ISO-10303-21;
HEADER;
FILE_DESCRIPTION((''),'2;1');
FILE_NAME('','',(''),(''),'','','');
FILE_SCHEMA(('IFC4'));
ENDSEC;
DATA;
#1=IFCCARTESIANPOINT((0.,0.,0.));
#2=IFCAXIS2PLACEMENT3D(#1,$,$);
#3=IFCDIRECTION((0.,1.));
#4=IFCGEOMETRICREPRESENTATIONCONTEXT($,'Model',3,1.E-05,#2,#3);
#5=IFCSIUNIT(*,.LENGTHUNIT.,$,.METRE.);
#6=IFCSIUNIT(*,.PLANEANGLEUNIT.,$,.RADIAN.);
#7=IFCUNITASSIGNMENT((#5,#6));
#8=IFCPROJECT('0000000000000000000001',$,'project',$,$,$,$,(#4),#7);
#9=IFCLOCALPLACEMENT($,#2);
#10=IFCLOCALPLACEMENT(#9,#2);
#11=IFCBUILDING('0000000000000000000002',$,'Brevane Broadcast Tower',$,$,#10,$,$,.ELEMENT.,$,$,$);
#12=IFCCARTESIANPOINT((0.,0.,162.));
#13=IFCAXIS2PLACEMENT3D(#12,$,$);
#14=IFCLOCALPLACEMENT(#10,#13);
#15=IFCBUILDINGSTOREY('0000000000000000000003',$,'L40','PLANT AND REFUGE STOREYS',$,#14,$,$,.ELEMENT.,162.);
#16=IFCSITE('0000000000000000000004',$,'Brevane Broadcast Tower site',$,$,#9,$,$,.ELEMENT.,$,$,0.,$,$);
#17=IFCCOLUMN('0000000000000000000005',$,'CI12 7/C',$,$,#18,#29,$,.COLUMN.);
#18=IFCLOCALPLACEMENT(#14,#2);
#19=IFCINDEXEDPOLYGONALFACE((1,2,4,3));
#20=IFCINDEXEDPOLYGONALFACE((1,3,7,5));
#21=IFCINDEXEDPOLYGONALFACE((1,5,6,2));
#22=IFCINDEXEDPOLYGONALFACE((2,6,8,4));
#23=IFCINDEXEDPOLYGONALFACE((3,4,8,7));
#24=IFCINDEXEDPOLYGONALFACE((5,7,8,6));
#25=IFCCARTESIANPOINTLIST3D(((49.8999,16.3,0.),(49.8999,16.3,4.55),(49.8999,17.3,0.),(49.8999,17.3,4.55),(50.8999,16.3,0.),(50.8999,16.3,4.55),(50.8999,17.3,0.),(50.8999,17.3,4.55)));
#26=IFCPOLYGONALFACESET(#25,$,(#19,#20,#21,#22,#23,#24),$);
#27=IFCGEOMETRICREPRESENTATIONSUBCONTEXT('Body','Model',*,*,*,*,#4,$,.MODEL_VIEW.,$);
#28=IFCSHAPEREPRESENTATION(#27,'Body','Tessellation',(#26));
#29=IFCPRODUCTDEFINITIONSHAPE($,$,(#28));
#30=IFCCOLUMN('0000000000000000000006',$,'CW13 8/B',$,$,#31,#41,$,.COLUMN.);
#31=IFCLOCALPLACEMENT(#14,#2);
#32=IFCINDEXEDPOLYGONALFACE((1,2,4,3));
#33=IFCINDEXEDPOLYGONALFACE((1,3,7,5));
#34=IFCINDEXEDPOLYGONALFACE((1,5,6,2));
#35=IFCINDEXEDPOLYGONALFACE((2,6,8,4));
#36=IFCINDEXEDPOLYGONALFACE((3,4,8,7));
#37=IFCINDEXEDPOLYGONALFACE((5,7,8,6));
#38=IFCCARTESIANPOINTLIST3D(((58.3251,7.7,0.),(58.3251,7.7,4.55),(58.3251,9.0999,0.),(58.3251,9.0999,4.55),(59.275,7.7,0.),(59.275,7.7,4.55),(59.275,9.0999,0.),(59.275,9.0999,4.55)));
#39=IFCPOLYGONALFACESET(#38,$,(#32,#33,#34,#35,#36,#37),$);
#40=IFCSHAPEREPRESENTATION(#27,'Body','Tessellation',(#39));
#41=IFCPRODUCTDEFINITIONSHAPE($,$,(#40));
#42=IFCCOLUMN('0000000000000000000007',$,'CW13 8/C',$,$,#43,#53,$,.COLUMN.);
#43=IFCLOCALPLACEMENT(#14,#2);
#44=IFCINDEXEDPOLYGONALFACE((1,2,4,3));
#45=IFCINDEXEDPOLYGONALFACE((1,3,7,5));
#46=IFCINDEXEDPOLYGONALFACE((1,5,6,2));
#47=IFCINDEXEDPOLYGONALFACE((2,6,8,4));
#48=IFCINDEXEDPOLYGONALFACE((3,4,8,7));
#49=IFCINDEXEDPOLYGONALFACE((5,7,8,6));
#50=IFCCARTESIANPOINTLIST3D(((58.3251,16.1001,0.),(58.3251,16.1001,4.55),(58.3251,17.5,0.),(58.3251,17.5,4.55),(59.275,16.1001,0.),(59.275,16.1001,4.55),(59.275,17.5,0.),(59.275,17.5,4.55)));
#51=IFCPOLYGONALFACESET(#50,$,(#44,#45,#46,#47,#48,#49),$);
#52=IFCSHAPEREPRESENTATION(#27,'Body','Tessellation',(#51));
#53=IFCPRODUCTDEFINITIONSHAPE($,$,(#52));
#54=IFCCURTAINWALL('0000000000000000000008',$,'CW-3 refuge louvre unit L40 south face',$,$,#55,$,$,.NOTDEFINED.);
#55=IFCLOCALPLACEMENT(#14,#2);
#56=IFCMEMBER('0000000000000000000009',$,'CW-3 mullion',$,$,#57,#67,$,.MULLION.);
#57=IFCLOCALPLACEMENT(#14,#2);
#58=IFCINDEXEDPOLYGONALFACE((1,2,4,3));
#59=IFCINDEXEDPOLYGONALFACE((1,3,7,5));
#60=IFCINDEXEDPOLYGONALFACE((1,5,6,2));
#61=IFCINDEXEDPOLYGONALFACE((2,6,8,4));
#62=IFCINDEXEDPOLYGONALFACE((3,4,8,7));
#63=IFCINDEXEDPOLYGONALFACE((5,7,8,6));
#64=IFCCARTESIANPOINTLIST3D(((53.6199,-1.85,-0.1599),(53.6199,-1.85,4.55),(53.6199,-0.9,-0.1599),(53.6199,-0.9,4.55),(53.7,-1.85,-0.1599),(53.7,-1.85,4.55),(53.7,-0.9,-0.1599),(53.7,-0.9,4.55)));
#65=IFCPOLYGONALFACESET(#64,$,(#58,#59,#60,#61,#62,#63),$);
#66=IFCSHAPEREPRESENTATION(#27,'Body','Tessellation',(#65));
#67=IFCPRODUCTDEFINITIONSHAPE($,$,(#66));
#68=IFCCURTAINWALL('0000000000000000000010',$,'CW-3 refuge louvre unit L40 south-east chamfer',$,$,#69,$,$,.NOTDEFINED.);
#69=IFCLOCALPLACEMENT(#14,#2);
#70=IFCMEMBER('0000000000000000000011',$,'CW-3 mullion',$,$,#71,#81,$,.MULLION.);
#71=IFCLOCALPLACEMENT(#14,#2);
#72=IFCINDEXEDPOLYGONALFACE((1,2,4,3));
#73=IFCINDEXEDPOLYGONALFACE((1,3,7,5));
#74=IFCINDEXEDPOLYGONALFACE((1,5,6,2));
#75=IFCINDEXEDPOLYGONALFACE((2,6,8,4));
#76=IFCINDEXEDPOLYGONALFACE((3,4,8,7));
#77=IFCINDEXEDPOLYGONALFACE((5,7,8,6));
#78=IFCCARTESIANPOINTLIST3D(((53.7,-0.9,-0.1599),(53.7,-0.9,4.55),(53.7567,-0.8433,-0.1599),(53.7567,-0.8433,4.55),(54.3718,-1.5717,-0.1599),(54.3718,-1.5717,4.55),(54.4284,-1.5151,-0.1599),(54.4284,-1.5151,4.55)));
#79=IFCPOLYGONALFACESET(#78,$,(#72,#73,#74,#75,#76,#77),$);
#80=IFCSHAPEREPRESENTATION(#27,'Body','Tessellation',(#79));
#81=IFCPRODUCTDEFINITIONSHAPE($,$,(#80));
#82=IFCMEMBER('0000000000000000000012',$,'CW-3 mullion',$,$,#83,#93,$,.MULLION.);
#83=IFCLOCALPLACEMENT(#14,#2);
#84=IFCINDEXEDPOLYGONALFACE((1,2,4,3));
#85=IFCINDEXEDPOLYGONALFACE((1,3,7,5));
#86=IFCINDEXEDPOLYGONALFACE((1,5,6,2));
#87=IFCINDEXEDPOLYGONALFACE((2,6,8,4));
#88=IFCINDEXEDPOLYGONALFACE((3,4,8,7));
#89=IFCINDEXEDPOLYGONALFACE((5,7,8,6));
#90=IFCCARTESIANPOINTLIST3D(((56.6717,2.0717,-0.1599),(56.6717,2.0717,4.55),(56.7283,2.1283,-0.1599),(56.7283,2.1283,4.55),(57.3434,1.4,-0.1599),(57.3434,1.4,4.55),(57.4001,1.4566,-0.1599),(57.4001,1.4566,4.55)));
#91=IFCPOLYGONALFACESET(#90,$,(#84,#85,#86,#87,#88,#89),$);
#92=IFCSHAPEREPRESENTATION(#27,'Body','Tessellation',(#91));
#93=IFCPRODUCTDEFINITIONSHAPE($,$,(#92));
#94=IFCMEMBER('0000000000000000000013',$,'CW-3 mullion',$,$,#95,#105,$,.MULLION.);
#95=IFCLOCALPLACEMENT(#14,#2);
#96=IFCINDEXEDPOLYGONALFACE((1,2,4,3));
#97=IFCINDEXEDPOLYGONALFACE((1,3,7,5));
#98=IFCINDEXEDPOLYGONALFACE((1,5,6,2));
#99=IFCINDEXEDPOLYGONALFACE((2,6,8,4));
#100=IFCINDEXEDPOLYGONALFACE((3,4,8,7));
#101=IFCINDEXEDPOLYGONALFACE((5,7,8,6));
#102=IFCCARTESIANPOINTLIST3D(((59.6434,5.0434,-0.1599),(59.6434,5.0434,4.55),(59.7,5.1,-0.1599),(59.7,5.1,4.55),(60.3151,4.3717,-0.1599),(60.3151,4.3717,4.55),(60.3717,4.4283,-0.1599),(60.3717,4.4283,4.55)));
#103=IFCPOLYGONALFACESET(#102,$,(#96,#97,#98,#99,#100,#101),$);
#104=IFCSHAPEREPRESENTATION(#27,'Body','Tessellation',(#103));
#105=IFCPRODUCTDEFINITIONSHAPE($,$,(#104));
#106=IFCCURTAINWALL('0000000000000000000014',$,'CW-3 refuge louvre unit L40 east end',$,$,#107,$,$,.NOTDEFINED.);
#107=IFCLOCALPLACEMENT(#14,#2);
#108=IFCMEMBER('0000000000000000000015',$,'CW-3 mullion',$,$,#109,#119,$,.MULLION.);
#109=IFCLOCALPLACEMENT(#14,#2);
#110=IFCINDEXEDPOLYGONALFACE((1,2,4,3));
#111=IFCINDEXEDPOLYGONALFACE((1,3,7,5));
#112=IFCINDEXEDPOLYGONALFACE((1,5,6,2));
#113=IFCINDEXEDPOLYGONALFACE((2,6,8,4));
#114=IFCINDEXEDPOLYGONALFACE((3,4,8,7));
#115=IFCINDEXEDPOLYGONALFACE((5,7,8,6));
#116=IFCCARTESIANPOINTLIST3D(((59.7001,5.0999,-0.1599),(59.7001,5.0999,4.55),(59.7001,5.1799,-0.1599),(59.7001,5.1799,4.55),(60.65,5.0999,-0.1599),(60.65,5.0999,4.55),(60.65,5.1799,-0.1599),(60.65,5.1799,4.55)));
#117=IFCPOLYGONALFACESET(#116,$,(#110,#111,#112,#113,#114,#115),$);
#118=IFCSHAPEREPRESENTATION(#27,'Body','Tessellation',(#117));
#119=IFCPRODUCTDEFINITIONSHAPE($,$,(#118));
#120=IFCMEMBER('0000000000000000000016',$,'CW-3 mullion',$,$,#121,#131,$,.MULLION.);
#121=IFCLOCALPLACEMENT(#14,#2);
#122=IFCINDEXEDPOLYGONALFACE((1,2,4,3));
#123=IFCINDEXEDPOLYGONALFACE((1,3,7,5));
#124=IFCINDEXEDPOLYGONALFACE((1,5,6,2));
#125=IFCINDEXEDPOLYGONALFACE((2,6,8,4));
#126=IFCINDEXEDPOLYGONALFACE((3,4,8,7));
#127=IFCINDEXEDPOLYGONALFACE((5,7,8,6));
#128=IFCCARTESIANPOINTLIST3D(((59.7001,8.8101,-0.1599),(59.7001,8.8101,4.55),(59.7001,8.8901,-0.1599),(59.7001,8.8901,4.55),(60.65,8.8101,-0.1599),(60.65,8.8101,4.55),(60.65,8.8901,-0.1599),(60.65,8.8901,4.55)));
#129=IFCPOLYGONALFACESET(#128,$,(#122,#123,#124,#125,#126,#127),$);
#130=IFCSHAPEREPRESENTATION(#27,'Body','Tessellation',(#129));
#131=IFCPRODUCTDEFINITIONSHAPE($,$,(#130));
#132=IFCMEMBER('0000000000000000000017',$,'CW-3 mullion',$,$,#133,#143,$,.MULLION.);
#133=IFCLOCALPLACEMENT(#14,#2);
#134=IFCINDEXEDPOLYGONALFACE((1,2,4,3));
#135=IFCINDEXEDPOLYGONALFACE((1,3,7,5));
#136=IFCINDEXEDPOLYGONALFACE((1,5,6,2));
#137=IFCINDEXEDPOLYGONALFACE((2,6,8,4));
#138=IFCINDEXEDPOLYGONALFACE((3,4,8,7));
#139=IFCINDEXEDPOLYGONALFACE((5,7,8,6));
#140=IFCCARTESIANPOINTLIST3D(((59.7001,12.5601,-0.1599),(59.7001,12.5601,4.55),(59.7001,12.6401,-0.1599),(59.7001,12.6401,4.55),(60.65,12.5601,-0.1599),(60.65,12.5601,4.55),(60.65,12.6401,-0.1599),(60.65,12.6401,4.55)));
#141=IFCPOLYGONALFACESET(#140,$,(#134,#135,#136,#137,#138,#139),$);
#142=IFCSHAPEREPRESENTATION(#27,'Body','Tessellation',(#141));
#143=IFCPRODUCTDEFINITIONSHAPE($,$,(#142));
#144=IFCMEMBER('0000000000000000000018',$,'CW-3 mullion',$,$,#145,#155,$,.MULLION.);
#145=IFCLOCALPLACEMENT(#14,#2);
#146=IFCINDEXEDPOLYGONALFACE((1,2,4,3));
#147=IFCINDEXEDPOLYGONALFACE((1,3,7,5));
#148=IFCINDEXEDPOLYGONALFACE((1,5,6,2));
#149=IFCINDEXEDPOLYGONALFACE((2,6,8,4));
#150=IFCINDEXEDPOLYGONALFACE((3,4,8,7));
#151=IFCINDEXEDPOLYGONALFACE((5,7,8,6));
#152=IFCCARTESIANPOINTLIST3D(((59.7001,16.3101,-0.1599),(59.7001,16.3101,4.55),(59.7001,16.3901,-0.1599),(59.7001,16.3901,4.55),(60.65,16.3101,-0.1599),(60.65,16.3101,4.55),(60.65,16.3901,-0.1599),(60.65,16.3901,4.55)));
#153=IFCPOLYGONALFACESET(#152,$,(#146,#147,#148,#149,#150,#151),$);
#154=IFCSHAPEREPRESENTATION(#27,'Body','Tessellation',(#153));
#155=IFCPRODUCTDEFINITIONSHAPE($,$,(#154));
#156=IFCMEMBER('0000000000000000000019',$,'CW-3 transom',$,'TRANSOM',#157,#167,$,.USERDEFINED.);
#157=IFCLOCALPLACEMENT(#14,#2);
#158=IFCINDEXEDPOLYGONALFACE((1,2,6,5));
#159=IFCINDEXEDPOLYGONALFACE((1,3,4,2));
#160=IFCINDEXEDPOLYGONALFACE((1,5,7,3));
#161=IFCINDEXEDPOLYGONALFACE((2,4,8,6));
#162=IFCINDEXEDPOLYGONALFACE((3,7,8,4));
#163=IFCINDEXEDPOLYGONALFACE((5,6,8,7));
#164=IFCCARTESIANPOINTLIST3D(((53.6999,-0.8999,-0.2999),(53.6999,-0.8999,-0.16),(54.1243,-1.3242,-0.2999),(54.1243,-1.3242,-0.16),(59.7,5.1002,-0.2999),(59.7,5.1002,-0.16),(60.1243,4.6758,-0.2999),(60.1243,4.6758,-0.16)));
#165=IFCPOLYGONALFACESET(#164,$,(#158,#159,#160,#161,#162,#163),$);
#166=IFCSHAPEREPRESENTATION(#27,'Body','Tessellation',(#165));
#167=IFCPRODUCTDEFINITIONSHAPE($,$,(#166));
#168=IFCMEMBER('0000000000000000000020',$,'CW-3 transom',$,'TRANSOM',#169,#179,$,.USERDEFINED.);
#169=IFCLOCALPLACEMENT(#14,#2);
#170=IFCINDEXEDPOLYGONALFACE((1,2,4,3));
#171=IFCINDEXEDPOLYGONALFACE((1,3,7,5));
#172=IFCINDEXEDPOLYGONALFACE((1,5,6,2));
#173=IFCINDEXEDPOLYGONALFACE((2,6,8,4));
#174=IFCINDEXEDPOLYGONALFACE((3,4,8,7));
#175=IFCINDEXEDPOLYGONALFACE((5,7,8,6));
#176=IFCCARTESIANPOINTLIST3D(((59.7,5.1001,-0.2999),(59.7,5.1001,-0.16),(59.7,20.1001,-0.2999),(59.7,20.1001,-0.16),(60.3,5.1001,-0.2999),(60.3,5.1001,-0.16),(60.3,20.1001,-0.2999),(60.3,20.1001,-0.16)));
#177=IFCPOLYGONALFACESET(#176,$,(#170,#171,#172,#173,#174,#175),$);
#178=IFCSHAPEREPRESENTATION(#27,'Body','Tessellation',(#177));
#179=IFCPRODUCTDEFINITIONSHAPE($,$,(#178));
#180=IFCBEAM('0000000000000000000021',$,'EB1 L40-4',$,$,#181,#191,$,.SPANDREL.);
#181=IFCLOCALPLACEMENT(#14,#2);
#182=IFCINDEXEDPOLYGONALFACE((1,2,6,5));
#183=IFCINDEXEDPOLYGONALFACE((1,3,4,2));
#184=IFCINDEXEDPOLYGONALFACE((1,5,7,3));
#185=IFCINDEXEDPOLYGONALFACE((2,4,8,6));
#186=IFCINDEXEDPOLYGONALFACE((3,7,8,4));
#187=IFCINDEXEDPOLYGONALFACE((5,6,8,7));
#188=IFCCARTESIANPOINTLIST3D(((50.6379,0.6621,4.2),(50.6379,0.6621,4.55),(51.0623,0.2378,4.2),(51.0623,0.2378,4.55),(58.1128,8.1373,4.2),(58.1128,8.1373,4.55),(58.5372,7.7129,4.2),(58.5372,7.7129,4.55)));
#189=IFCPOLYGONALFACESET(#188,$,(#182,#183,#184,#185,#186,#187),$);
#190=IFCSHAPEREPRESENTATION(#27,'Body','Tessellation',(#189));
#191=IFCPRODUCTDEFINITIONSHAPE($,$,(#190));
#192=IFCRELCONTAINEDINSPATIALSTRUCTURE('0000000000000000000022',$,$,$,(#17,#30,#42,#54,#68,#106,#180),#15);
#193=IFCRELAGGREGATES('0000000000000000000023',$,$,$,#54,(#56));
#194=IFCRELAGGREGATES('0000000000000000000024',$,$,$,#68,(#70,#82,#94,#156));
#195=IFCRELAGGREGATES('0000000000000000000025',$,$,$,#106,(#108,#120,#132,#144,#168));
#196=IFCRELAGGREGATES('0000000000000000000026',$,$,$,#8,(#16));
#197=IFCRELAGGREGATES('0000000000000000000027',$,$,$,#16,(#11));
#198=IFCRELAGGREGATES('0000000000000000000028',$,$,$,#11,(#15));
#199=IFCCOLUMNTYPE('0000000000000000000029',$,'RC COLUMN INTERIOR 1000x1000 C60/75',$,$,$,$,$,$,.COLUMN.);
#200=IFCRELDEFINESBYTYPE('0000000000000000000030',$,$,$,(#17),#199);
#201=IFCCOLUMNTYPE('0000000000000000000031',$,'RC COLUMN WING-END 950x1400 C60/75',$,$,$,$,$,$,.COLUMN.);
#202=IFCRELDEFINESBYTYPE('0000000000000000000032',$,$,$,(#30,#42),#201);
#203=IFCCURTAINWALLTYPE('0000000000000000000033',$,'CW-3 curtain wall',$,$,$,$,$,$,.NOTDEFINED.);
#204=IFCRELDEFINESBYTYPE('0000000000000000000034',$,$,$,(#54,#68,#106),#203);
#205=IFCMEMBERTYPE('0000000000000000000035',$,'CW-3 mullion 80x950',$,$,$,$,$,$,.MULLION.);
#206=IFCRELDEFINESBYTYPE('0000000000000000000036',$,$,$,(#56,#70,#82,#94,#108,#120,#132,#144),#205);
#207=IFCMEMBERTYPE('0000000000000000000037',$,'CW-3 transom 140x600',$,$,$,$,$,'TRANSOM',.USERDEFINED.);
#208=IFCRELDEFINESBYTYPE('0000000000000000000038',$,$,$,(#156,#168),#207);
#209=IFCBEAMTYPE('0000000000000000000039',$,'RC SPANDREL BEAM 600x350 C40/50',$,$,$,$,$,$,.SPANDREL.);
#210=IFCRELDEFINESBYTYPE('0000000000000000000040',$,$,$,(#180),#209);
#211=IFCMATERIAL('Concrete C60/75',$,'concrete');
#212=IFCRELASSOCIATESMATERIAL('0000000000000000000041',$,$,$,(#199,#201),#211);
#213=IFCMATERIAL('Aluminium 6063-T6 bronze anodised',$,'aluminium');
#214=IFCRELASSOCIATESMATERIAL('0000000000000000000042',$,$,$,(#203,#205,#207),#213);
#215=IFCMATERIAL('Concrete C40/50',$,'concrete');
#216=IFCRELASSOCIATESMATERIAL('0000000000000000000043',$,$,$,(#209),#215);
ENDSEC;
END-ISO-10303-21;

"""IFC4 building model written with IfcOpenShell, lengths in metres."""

from ifc_helpers import new_model, si_unit, direction, frame, origin, origin_2d, place, context, subcontext, project, spatial, rectangle, extrude, material, material_profile, profile_set, type_object, element, aggregate, save


model = new_model("IFC4")

# Units and contexts
model_context = context("Model", 3, precision=1e-05, world=origin(), true_north=direction((0.0, 1.0)))
body_context = subcontext(model_context, "Body", "Model", "MODEL_VIEW")
ifc_project = project(units=[si_unit("LENGTHUNIT", "METRE"), si_unit("PLANEANGLEUNIT", "RADIAN")], contexts=[model_context])

# Site, building, storey
site_placement = place(None, origin())
site = spatial("IfcSite", under=ifc_project, at=site_placement, Name="Brevane Broadcast Tower site", CompositionType="ELEMENT", RefElevation=0.0)
building_placement = place(site_placement, origin())
building = spatial("IfcBuilding", under=site, at=building_placement, Name="Brevane Broadcast Tower", CompositionType="ELEMENT")
storey_placement = place(building_placement, frame((0.0, 0.0, 162.0)))
storey = spatial("IfcBuildingStorey", under=building, at=storey_placement, Name="L40", Description="PLANT AND REFUGE STOREYS", CompositionType="ELEMENT", Elevation=162.0)

# Columns
ifc_material_1 = material(Name="Concrete C60/75", Category="concrete")
ifc_material_profile_1 = material_profile(ifc_material_1, rectangle(XDim=1.0, YDim=1.0, at=origin_2d()), Name="RC 1000x1000")
ifc_profile_set_1 = profile_set([ifc_material_profile_1], Name="Concrete C60/75")
column_type_1 = type_object("IfcColumnType", Name="RC COLUMN INTERIOR 1000x1000 C60/75", PredefinedType="COLUMN", material=ifc_profile_set_1)
column_placement = place(storey_placement, frame((50.3999, 16.8, 0.0), z_axis=(0.0, 0.0, 1.0), x_axis=(1.0, 0.0, 0.0)))
element("IfcColumn", 1, at=column_placement, inside=storey, type_object=column_type_1, Name="CI12 7/C", PredefinedType="COLUMN", context=body_context, shape_type="SweptSolid", body=[
    extrude(rectangle(XDim=1.0, YDim=1.0, at=origin_2d()), origin(), (0.0, 0.0, 1.0), 4.55),
])
ifc_material_profile_2 = material_profile(ifc_material_1, rectangle(XDim=0.95, YDim=1.3999, at=origin_2d()), Name="RC 950x1400")
ifc_profile_set_2 = profile_set([ifc_material_profile_2], Name="Concrete C60/75")
column_type_2 = type_object("IfcColumnType", Name="RC COLUMN WING-END 950x1400 C60/75", PredefinedType="COLUMN", material=ifc_profile_set_2)
for number, where, z_axis, x_axis, name in (
    (2, (58.8, 8.3999, 0.0), (0.0, 0.0, 1.0), (1.0, 0.0, 0.0), "CW13 8/B"),
    (3, (58.8, 16.8, 0.0), (0.0, 0.0, 1.0), (1.0, 0.0, 0.0), "CW13 8/C"),
):
    element("IfcColumn", number, at=place(storey_placement, frame(where, z_axis=z_axis, x_axis=x_axis)), inside=storey, type_object=column_type_2, Name=name, PredefinedType="COLUMN", context=body_context, shape_type="SweptSolid", body=[
        extrude(rectangle(XDim=0.95, YDim=1.3999, at=origin_2d()), origin(), (0.0, 0.0, 1.0), 4.55),
    ])

# Curtain wall, member
ifc_material_2 = material(Name="Aluminium 6063-T6 bronze anodised", Category="aluminium")
curtain_wall_type = type_object("IfcCurtainWallType", Name="CW-3 curtain wall", PredefinedType="NOTDEFINED", material=ifc_material_2)
curtain_wall_1_placement = place(storey_placement, origin())
curtain_wall_1 = element("IfcCurtainWall", 4, at=curtain_wall_1_placement, inside=storey, type_object=curtain_wall_type, Name="CW-3 refuge louvre unit L40 south face", PredefinedType="NOTDEFINED")
ifc_material_profile_3 = material_profile(ifc_material_2, rectangle(XDim=0.95, YDim=0.0801, at=origin_2d()), Name="RECT 80x950")
ifc_profile_set_3 = profile_set([ifc_material_profile_3], Name="Aluminium 6063-T6 bronze anodised")
member_type_1 = type_object("IfcMemberType", Name="CW-3 mullion 80x950", PredefinedType="MULLION", material=ifc_profile_set_3)
member_1_placement = place(storey_placement, frame((53.6599, -1.375, -0.1599), z_axis=(0.0, 0.0, 1.0), x_axis=(0.0, 1.0, 0.0)))
member_1 = element("IfcMember", 5, at=member_1_placement, type_object=member_type_1, Name="CW-3 mullion", PredefinedType="MULLION", context=body_context, shape_type="SweptSolid", body=[
    extrude(rectangle(XDim=0.95, YDim=0.0801, at=origin_2d()), origin(), (0.0, 0.0, 1.0), 4.71),
])
aggregate(curtain_wall_1, [member_1])

# Curtain walls, members
curtain_wall_2_placement = place(storey_placement, origin())
curtain_wall_2 = element("IfcCurtainWall", 6, at=curtain_wall_2_placement, inside=storey, type_object=curtain_wall_type, Name="CW-3 refuge louvre unit L40 south-east chamfer", PredefinedType="NOTDEFINED")
member_2_placement = place(storey_placement, frame((54.0642, -1.2075, -0.1599), z_axis=(0.0, 0.0, 1.0), x_axis=(-0.707107, 0.707107, 0.0)))
member_2 = element("IfcMember", 7, at=member_2_placement, type_object=member_type_1, Name="CW-3 mullion", PredefinedType="MULLION", context=body_context, shape_type="SweptSolid", body=[
    extrude(rectangle(XDim=0.95, YDim=0.0801, at=origin_2d()), origin(), (0.0, 0.0, 1.0), 4.71),
])
member_3_placement = place(storey_placement, frame((57.0359, 1.7642, -0.1599), z_axis=(0.0, 0.0, 1.0), x_axis=(-0.707107, 0.707107, 0.0)))
member_3 = element("IfcMember", 8, at=member_3_placement, type_object=member_type_1, Name="CW-3 mullion", PredefinedType="MULLION", context=body_context, shape_type="SweptSolid", body=[
    extrude(rectangle(XDim=0.95, YDim=0.0801, at=origin_2d()), origin(), (0.0, 0.0, 1.0), 4.71),
])
member_4_placement = place(storey_placement, frame((60.0076, 4.7358, -0.1599), z_axis=(0.0, 0.0, 1.0), x_axis=(-0.707107, 0.707107, 0.0)))
member_4 = element("IfcMember", 9, at=member_4_placement, type_object=member_type_1, Name="CW-3 mullion", PredefinedType="MULLION", context=body_context, shape_type="SweptSolid", body=[
    extrude(rectangle(XDim=0.95, YDim=0.0801, at=origin_2d()), origin(), (0.0, 0.0, 1.0), 4.71),
])
curtain_wall_3_placement = place(storey_placement, origin())
curtain_wall_3 = element("IfcCurtainWall", 10, at=curtain_wall_3_placement, inside=storey, type_object=curtain_wall_type, Name="CW-3 refuge louvre unit L40 east end", PredefinedType="NOTDEFINED")
member_5_placement = place(storey_placement, frame((60.175, 5.1399, -0.1599), z_axis=(0.0, 0.0, 1.0), x_axis=(-1.0, 0.0, 0.0)))
member_5 = element("IfcMember", 11, at=member_5_placement, type_object=member_type_1, Name="CW-3 mullion", PredefinedType="MULLION", context=body_context, shape_type="SweptSolid", body=[
    extrude(rectangle(XDim=0.95, YDim=0.0801, at=origin_2d()), origin(), (0.0, 0.0, 1.0), 4.71),
])
member_6_placement = place(storey_placement, frame((60.175, 8.8501, -0.1599), z_axis=(0.0, 0.0, 1.0), x_axis=(-1.0, 0.0, 0.0)))
member_6 = element("IfcMember", 12, at=member_6_placement, type_object=member_type_1, Name="CW-3 mullion", PredefinedType="MULLION", context=body_context, shape_type="SweptSolid", body=[
    extrude(rectangle(XDim=0.95, YDim=0.0801, at=origin_2d()), origin(), (0.0, 0.0, 1.0), 4.71),
])
member_7_placement = place(storey_placement, frame((60.175, 12.6001, -0.1599), z_axis=(0.0, 0.0, 1.0), x_axis=(-1.0, 0.0, 0.0)))
member_7 = element("IfcMember", 13, at=member_7_placement, type_object=member_type_1, Name="CW-3 mullion", PredefinedType="MULLION", context=body_context, shape_type="SweptSolid", body=[
    extrude(rectangle(XDim=0.95, YDim=0.0801, at=origin_2d()), origin(), (0.0, 0.0, 1.0), 4.71),
])
member_8_placement = place(storey_placement, frame((60.175, 16.3501, -0.1599), z_axis=(0.0, 0.0, 1.0), x_axis=(-1.0, 0.0, 0.0)))
member_8 = element("IfcMember", 14, at=member_8_placement, type_object=member_type_1, Name="CW-3 mullion", PredefinedType="MULLION", context=body_context, shape_type="SweptSolid", body=[
    extrude(rectangle(XDim=0.95, YDim=0.0801, at=origin_2d()), origin(), (0.0, 0.0, 1.0), 4.71),
])

# Members
ifc_material_profile_4 = material_profile(ifc_material_2, rectangle(XDim=0.6001, YDim=0.1399, at=origin_2d()), Name="RECT 140x600")
ifc_profile_set_4 = profile_set([ifc_material_profile_4], Name="Aluminium 6063-T6 bronze anodised")
member_type_2 = type_object("IfcMemberType", Name="CW-3 transom 140x600", ElementType="TRANSOM", PredefinedType="USERDEFINED", material=ifc_profile_set_4)
member_9_placement = place(storey_placement, frame((53.9121, -1.1121, -0.23), z_axis=(0.707107, 0.707107, 0.0), x_axis=(-0.707107, 0.707107, 0.0)))
member_9 = element("IfcMember", 15, at=member_9_placement, type_object=member_type_2, Name="CW-3 transom", ObjectType="TRANSOM", PredefinedType="USERDEFINED", context=body_context, shape_type="SweptSolid", body=[
    extrude(rectangle(XDim=0.6001, YDim=0.1399, at=origin_2d()), origin(), (0.0, 0.0, 1.0), 8.4854),
])
aggregate(curtain_wall_2, [member_2, member_3, member_4, member_9])
member_10_placement = place(storey_placement, frame((60.0, 5.1001, -0.23), z_axis=(0.0, 1.0, 0.0), x_axis=(-1.0, 0.0, 0.0)))
member_10 = element("IfcMember", 16, at=member_10_placement, type_object=member_type_2, Name="CW-3 transom", ObjectType="TRANSOM", PredefinedType="USERDEFINED", context=body_context, shape_type="SweptSolid", body=[
    extrude(rectangle(XDim=0.6001, YDim=0.1399, at=origin_2d()), origin(), (0.0, 0.0, 1.0), 15.0),
])
aggregate(curtain_wall_3, [member_5, member_6, member_7, member_8, member_10])

# Beam
ifc_material_3 = material(Name="Concrete C40/50", Category="concrete")
ifc_material_profile_5 = material_profile(ifc_material_3, rectangle(XDim=0.6001, YDim=0.3501, at=origin_2d()), Name="RC 600x350")
ifc_profile_set_5 = profile_set([ifc_material_profile_5], Name="Concrete C40/50")
beam_type = type_object("IfcBeamType", Name="RC SPANDREL BEAM 600x350 C40/50", PredefinedType="SPANDREL", material=ifc_profile_set_5)
beam_1_placement = place(storey_placement, frame((50.8501, 0.45, 4.375), z_axis=(0.707095, 0.707118, 0.0), x_axis=(-0.707118, 0.707095, 0.0)))
element("IfcBeam", 17, at=beam_1_placement, inside=storey, type_object=beam_type, Name="EB1 L40-4", PredefinedType="SPANDREL", context=body_context, shape_type="SweptSolid", body=[
    extrude(rectangle(XDim=0.6001, YDim=0.3501, at=origin_2d()), origin(), (0.0, 0.0, 1.0), 10.5713),
])

save(model, "model.ifc")
